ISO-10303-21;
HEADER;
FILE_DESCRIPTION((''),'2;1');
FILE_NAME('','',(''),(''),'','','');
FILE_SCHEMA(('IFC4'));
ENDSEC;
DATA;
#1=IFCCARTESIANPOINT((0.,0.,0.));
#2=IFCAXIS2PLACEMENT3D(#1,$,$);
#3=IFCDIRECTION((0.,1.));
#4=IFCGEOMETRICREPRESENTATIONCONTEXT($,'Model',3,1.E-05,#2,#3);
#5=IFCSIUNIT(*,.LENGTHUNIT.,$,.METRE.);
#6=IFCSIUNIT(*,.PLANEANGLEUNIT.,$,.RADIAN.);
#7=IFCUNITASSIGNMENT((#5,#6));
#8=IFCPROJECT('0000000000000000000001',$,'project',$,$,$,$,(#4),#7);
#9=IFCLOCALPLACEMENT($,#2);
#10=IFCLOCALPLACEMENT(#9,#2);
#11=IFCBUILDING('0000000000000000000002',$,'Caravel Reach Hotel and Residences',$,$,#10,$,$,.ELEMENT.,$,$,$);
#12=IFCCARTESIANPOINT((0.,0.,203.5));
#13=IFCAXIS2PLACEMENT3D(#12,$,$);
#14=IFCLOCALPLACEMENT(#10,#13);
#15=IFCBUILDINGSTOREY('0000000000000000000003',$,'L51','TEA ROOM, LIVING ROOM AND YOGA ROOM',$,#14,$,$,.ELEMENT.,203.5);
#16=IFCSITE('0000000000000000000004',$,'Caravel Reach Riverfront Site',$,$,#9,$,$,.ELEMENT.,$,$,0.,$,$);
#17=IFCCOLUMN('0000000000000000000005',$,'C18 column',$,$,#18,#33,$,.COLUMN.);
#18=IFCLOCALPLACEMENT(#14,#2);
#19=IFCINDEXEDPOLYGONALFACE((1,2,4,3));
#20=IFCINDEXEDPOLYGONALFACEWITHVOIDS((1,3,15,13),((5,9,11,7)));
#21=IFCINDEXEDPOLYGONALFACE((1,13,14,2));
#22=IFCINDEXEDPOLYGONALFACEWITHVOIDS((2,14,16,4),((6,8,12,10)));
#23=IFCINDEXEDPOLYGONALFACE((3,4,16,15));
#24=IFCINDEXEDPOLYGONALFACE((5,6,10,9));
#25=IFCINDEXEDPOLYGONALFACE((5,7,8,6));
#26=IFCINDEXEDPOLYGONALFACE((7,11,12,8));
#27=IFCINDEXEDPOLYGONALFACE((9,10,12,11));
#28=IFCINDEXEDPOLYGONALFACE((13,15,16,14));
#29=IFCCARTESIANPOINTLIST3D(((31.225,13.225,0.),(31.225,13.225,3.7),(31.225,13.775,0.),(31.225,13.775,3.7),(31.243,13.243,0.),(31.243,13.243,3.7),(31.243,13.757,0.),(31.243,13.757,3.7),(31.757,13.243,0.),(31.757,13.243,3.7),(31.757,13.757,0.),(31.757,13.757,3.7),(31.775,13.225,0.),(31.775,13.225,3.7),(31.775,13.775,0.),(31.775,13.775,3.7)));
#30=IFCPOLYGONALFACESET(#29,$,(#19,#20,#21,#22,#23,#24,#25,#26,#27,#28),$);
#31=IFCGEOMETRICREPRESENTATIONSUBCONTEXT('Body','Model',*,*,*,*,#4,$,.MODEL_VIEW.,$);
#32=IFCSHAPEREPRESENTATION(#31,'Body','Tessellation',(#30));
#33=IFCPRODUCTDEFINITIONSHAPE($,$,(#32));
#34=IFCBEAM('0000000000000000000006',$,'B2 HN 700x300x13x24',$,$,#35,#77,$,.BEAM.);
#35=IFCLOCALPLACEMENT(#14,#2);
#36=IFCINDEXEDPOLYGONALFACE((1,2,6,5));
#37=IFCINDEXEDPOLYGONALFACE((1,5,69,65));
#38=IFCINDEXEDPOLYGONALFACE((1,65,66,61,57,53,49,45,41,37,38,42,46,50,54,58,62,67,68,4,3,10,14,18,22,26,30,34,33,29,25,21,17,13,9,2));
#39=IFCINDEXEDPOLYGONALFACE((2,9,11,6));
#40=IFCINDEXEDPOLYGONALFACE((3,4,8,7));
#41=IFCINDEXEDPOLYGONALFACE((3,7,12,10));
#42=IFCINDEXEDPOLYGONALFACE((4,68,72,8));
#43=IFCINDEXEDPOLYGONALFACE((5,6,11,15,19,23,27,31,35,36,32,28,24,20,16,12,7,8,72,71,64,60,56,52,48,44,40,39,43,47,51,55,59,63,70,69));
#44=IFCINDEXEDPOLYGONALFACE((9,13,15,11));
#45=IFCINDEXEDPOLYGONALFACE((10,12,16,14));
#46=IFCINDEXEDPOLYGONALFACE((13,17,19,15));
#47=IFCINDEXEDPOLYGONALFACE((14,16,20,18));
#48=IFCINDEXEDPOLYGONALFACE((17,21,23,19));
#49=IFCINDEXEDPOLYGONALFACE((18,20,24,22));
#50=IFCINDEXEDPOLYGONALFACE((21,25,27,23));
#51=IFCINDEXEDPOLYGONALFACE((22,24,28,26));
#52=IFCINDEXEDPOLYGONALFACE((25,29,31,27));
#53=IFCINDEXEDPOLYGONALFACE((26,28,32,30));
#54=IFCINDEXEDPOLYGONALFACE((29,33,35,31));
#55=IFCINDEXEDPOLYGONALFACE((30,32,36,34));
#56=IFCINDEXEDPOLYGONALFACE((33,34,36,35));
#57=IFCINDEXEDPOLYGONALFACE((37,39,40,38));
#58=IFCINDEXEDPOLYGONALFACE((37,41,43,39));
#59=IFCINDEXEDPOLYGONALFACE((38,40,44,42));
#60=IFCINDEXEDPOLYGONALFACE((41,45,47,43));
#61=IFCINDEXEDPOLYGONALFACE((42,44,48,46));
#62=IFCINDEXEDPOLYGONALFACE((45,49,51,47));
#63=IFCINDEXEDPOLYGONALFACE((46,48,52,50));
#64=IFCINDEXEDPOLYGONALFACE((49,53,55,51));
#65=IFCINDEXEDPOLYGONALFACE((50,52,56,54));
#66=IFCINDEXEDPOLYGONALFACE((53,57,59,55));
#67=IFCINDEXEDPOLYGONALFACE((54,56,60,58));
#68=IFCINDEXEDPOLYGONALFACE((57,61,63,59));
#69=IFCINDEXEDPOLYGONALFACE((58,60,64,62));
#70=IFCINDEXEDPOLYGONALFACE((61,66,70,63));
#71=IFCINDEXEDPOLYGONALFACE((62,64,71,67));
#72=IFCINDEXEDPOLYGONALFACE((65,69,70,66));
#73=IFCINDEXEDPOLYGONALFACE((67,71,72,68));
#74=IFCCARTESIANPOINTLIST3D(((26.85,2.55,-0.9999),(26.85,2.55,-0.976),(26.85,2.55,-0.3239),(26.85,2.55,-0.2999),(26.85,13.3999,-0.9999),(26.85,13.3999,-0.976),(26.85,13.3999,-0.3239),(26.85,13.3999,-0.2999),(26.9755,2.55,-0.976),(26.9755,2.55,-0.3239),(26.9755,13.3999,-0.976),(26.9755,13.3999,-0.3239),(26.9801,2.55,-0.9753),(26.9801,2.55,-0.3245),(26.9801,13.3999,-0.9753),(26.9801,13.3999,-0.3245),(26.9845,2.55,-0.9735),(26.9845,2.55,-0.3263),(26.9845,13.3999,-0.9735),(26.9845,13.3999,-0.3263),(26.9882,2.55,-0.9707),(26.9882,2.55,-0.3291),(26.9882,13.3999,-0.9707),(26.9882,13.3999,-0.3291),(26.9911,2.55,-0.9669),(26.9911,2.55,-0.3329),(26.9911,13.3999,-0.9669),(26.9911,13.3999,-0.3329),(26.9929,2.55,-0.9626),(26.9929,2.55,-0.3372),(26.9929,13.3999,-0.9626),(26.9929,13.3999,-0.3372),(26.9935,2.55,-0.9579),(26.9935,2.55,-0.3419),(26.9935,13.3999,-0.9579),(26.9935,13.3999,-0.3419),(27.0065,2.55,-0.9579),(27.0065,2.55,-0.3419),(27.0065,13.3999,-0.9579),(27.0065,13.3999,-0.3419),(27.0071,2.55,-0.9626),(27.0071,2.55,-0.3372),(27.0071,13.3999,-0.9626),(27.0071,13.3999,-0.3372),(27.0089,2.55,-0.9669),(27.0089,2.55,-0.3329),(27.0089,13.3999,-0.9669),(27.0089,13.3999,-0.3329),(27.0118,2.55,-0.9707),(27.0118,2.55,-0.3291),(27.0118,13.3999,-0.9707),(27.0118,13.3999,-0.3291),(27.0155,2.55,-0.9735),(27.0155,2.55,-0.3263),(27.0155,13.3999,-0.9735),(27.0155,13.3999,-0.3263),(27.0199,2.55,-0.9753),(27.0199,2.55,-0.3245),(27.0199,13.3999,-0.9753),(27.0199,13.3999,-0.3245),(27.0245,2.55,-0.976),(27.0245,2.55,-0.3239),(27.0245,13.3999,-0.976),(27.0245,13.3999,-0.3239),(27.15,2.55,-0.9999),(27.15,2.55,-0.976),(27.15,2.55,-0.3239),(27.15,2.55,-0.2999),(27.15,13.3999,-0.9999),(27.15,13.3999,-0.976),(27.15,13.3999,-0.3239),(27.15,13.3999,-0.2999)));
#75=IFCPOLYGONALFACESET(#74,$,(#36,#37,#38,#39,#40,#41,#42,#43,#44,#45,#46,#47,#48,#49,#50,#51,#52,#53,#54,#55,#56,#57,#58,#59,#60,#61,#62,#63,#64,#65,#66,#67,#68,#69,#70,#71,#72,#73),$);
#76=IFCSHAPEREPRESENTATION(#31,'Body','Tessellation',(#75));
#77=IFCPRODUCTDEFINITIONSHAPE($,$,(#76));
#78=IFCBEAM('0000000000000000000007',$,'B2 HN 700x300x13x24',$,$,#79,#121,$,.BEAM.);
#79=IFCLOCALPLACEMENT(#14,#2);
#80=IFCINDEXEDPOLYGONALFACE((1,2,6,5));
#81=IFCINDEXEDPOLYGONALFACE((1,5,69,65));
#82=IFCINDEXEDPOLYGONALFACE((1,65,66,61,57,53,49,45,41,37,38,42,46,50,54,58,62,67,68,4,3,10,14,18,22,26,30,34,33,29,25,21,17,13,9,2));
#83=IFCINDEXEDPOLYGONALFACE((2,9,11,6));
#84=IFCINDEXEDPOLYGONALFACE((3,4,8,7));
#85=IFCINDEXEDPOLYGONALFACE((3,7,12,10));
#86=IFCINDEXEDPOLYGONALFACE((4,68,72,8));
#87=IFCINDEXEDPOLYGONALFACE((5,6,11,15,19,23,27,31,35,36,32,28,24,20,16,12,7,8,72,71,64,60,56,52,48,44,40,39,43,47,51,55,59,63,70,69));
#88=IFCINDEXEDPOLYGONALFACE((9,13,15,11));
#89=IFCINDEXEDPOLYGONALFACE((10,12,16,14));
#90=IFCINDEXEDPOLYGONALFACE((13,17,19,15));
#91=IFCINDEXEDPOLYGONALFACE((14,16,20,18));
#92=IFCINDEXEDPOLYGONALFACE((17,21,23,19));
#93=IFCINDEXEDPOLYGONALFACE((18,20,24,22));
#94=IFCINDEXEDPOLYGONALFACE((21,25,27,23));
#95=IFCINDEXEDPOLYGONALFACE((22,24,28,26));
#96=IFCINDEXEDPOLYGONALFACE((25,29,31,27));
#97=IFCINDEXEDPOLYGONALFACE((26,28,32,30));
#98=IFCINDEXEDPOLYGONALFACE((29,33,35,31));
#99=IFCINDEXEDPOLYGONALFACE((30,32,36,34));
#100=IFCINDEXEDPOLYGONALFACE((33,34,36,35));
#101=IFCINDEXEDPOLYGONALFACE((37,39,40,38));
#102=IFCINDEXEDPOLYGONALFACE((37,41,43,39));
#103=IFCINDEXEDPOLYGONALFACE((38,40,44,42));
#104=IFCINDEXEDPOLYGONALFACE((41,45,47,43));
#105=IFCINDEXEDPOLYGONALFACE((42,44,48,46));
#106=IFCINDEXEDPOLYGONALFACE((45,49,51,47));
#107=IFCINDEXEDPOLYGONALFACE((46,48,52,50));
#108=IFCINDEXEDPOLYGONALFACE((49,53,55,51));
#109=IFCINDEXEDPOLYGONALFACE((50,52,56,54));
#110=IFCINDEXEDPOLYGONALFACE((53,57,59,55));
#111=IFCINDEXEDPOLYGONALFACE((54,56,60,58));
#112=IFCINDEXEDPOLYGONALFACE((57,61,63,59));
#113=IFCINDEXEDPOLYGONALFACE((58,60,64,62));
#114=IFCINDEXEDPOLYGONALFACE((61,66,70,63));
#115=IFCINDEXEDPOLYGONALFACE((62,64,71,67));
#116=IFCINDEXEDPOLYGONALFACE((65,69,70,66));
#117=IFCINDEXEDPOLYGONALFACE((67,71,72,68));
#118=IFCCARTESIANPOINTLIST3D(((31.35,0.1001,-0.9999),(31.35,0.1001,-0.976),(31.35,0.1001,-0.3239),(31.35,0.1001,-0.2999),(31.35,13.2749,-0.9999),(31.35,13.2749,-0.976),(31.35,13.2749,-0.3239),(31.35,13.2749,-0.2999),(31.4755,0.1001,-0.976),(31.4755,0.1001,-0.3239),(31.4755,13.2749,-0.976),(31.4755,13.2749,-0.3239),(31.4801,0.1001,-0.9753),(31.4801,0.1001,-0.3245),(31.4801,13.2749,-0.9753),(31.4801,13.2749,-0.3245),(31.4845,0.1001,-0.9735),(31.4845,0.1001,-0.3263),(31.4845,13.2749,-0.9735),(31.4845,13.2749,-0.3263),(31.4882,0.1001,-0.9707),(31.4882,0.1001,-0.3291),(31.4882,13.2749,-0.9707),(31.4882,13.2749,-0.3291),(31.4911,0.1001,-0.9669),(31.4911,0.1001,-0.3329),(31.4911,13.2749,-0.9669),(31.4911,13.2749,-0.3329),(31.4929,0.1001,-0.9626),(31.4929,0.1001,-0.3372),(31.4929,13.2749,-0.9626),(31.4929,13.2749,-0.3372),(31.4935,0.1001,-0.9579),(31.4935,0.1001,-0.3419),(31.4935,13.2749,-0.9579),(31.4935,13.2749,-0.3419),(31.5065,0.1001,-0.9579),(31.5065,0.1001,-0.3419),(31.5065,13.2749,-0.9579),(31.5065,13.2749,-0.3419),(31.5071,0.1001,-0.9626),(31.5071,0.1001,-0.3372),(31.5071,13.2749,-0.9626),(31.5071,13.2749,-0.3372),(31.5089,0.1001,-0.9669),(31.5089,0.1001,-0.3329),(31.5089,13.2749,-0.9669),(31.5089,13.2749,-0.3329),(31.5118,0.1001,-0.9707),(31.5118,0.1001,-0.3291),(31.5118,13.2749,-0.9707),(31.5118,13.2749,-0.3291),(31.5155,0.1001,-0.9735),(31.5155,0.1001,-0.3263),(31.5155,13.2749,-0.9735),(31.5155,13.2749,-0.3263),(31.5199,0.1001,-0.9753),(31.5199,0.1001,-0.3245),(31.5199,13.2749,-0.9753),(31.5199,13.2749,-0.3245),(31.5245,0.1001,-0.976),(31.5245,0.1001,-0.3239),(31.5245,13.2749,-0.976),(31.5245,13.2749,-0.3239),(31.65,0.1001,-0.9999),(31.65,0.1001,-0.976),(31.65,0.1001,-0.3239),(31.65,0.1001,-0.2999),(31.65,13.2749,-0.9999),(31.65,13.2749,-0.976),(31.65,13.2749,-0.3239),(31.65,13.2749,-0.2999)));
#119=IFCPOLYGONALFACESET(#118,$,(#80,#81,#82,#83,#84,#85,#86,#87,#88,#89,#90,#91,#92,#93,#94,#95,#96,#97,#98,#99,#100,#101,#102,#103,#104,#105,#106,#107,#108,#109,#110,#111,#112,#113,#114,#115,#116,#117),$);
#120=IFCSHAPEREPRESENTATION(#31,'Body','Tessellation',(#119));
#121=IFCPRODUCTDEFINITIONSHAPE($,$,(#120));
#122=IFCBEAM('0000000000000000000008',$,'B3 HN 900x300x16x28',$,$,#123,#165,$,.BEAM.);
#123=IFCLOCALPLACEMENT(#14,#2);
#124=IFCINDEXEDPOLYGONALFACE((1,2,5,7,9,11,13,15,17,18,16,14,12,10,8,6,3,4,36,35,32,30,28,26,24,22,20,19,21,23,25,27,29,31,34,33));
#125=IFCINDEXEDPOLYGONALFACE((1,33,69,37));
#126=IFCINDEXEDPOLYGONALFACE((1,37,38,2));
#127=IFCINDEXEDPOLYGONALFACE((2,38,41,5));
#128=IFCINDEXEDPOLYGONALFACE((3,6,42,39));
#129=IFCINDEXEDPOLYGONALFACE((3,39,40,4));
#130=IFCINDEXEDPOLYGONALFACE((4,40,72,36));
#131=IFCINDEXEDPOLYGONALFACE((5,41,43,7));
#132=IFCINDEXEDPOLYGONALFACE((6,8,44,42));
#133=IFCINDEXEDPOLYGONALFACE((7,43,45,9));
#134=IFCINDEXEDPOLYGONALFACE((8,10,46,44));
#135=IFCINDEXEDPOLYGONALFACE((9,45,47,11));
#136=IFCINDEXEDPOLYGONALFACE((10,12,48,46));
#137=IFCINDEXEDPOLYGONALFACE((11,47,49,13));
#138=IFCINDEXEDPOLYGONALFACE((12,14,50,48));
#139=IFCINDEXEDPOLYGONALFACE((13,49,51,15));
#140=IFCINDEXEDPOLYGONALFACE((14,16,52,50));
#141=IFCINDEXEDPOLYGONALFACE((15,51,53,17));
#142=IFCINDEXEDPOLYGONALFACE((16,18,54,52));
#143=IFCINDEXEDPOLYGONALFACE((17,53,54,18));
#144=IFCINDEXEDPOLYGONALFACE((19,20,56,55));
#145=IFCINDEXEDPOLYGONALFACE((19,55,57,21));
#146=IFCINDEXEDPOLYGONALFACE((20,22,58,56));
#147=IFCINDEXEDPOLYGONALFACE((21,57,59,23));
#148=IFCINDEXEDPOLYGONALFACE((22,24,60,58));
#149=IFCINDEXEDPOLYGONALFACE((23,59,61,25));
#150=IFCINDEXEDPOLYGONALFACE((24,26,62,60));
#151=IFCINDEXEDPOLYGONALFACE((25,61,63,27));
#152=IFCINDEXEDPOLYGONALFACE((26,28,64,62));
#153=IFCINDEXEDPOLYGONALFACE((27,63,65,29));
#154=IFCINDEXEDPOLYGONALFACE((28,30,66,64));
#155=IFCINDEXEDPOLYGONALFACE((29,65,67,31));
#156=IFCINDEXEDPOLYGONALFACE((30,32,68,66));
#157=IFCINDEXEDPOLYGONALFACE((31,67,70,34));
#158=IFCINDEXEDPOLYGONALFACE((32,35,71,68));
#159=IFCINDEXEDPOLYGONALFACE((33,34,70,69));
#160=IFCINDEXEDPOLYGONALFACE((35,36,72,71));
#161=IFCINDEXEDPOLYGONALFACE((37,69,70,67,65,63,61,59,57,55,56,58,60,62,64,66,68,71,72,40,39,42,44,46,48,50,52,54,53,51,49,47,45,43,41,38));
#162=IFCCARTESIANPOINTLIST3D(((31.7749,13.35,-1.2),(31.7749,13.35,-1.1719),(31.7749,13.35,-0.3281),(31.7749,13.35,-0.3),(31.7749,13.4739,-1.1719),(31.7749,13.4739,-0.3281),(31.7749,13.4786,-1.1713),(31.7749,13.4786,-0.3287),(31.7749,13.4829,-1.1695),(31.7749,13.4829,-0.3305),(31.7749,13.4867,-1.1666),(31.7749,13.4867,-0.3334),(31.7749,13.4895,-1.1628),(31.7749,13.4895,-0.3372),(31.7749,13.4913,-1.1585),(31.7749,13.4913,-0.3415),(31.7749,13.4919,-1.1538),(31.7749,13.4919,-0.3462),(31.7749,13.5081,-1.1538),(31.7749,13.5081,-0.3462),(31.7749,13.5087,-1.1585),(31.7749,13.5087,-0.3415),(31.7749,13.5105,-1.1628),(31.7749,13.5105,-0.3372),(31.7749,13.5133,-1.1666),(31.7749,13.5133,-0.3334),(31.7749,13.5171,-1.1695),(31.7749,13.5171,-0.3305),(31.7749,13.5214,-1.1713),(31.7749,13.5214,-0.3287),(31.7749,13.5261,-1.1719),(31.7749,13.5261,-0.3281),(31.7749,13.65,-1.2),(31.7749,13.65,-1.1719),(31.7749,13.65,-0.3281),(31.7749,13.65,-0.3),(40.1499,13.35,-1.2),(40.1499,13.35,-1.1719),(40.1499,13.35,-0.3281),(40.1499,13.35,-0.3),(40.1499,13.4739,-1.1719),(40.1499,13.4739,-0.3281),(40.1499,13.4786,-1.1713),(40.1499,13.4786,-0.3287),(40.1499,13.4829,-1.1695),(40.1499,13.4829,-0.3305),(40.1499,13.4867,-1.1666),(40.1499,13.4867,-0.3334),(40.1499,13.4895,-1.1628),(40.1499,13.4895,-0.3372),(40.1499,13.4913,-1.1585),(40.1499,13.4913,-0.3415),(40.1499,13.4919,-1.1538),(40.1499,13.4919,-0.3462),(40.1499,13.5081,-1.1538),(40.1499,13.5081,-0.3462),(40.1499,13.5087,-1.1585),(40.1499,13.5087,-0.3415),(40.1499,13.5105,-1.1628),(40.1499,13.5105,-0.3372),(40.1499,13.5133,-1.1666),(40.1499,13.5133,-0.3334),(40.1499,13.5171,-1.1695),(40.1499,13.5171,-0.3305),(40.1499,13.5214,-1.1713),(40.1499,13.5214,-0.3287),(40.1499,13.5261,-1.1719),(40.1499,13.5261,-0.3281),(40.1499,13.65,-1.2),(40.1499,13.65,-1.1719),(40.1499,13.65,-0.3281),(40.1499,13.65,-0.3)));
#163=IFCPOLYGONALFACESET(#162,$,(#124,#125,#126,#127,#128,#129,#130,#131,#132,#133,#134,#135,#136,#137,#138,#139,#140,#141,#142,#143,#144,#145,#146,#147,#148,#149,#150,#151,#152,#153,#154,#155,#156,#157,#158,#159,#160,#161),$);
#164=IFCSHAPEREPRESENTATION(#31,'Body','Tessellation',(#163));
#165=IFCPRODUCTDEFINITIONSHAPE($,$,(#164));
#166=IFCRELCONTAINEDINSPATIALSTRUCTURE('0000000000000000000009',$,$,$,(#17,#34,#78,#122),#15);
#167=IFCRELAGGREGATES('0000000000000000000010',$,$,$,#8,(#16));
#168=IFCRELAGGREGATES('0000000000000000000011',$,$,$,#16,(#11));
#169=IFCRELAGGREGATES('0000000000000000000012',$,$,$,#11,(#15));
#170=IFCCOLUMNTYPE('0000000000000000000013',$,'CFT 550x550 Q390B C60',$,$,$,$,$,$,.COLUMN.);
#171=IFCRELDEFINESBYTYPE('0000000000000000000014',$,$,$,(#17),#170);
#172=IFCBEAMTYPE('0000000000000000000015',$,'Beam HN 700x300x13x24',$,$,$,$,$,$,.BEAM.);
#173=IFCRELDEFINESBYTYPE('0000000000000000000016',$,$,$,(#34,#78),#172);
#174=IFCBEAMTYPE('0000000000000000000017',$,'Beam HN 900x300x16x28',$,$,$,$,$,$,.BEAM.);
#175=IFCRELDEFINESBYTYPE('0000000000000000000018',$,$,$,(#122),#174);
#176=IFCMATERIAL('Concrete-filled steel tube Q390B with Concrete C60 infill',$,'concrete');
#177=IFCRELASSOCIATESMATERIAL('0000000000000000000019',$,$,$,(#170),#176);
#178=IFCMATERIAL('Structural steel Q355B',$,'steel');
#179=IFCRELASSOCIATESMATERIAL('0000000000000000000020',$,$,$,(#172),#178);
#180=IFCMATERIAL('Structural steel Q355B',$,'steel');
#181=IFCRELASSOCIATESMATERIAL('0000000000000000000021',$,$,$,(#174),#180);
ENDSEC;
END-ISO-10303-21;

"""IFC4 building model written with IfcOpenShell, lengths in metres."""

from ifc_helpers import new_model, si_unit, direction, frame, origin, origin_2d, place, context, subcontext, project, spatial, hollow_rectangle, i_section, extrude, material, material_profile, profile_set, type_object, element, save


model = new_model("IFC4")

# Units and contexts
model_context = context("Model", 3, precision=1e-05, world=origin(), true_north=direction((0.0, 1.0)))
body_context = subcontext(model_context, "Body", "Model", "MODEL_VIEW")
ifc_project = project(units=[si_unit("LENGTHUNIT", "METRE"), si_unit("PLANEANGLEUNIT", "RADIAN")], contexts=[model_context])

# Site, building, storey
site_placement = place(None, origin())
site = spatial("IfcSite", under=ifc_project, at=site_placement, Name="Caravel Reach Riverfront Site", CompositionType="ELEMENT", RefElevation=0.0)
building_placement = place(site_placement, origin())
building = spatial("IfcBuilding", under=site, at=building_placement, Name="Caravel Reach Hotel and Residences", CompositionType="ELEMENT")
storey_placement = place(building_placement, frame((0.0, 0.0, 203.5)))
storey = spatial("IfcBuildingStorey", under=building, at=storey_placement, Name="L51", Description="TEA ROOM, LIVING ROOM AND YOGA ROOM", CompositionType="ELEMENT", Elevation=203.5)

# Column
ifc_material_1 = material(Name="Concrete-filled steel tube Q390B with Concrete C60 infill", Category="concrete")
ifc_material_profile_1 = material_profile(ifc_material_1, hollow_rectangle(XDim=0.55, YDim=0.55, WallThickness=0.0181, at=origin_2d()), Name="RHS 550x550x18")
ifc_profile_set_1 = profile_set([ifc_material_profile_1], Name="Concrete-filled steel tube Q390B with Concrete C60 infill")
column_type = type_object("IfcColumnType", Name="CFT 550x550 Q390B C60", PredefinedType="COLUMN", material=ifc_profile_set_1)
column_placement = place(storey_placement, frame((31.5, 13.5, 0.0), z_axis=(0.0, 0.0, 1.0), x_axis=(1.0, 0.0, 0.0)))
element("IfcColumn", 1, at=column_placement, inside=storey, type_object=column_type, Name="C18 column", PredefinedType="COLUMN", context=body_context, shape_type="SweptSolid", body=[
    extrude(hollow_rectangle(XDim=0.55, YDim=0.55, WallThickness=0.0181, at=origin_2d()), origin(), (0.0, 0.0, 1.0), 3.7),
])

# Beams
ifc_material_2 = material(Name="Structural steel Q355B", Category="steel")
ifc_material_profile_2 = material_profile(ifc_material_2, i_section(OverallWidth=0.3, OverallDepth=0.7, WebThickness=0.0129, FlangeThickness=0.0239, FilletRadius=0.0181, at=origin_2d()), Name="HN 700x300x13x24")
ifc_profile_set_2 = profile_set([ifc_material_profile_2], Name="Structural steel Q355B")
beam_type_1 = type_object("IfcBeamType", Name="Beam HN 700x300x13x24", PredefinedType="BEAM", material=ifc_profile_set_2)
beam_1_placement = place(storey_placement, frame((27.0, 13.3999, -0.6499), z_axis=(0.0, -1.0, 0.0), x_axis=(1.0, 0.0, 0.0)))
element("IfcBeam", 2, at=beam_1_placement, inside=storey, type_object=beam_type_1, Name="B2 HN 700x300x13x24", PredefinedType="BEAM", context=body_context, shape_type="SweptSolid", body=[
    extrude(i_section(OverallWidth=0.3, OverallDepth=0.7, WebThickness=0.0129, FlangeThickness=0.0239, FilletRadius=0.0181, at=origin_2d()), origin(), (0.0, 0.0, 1.0), 10.8499),
])
beam_2_placement = place(storey_placement, frame((31.5, 13.2749, -0.6499), z_axis=(0.0, -1.0, 0.0), x_axis=(1.0, 0.0, 0.0)))
element("IfcBeam", 3, at=beam_2_placement, inside=storey, type_object=beam_type_1, Name="B2 HN 700x300x13x24", PredefinedType="BEAM", context=body_context, shape_type="SweptSolid", body=[
    extrude(i_section(OverallWidth=0.3, OverallDepth=0.7, WebThickness=0.0129, FlangeThickness=0.0239, FilletRadius=0.0181, at=origin_2d()), origin(), (0.0, 0.0, 1.0), 13.1748),
])
ifc_material_3 = material(Name="Structural steel Q355B", Category="steel")
ifc_material_profile_3 = material_profile(ifc_material_3, i_section(OverallWidth=0.3, OverallDepth=0.8999, WebThickness=0.0161, FlangeThickness=0.0281, FilletRadius=0.0181, at=origin_2d()), Name="HN 900x300x16x28")
ifc_profile_set_3 = profile_set([ifc_material_profile_3], Name="Structural steel Q355B")
beam_type_2 = type_object("IfcBeamType", Name="Beam HN 900x300x16x28", PredefinedType="BEAM", material=ifc_profile_set_3)
beam_3_placement = place(storey_placement, frame((31.7749, 13.5, -0.75), z_axis=(1.0, 0.0, 0.0), x_axis=(0.0, 1.0, 0.0)))
element("IfcBeam", 4, at=beam_3_placement, inside=storey, type_object=beam_type_2, Name="B3 HN 900x300x16x28", PredefinedType="BEAM", context=body_context, shape_type="SweptSolid", body=[
    extrude(i_section(OverallWidth=0.3, OverallDepth=0.8999, WebThickness=0.0161, FlangeThickness=0.0281, FilletRadius=0.0181, at=origin_2d()), origin(), (0.0, 0.0, 1.0), 8.375),
])

save(model, "model.ifc")
